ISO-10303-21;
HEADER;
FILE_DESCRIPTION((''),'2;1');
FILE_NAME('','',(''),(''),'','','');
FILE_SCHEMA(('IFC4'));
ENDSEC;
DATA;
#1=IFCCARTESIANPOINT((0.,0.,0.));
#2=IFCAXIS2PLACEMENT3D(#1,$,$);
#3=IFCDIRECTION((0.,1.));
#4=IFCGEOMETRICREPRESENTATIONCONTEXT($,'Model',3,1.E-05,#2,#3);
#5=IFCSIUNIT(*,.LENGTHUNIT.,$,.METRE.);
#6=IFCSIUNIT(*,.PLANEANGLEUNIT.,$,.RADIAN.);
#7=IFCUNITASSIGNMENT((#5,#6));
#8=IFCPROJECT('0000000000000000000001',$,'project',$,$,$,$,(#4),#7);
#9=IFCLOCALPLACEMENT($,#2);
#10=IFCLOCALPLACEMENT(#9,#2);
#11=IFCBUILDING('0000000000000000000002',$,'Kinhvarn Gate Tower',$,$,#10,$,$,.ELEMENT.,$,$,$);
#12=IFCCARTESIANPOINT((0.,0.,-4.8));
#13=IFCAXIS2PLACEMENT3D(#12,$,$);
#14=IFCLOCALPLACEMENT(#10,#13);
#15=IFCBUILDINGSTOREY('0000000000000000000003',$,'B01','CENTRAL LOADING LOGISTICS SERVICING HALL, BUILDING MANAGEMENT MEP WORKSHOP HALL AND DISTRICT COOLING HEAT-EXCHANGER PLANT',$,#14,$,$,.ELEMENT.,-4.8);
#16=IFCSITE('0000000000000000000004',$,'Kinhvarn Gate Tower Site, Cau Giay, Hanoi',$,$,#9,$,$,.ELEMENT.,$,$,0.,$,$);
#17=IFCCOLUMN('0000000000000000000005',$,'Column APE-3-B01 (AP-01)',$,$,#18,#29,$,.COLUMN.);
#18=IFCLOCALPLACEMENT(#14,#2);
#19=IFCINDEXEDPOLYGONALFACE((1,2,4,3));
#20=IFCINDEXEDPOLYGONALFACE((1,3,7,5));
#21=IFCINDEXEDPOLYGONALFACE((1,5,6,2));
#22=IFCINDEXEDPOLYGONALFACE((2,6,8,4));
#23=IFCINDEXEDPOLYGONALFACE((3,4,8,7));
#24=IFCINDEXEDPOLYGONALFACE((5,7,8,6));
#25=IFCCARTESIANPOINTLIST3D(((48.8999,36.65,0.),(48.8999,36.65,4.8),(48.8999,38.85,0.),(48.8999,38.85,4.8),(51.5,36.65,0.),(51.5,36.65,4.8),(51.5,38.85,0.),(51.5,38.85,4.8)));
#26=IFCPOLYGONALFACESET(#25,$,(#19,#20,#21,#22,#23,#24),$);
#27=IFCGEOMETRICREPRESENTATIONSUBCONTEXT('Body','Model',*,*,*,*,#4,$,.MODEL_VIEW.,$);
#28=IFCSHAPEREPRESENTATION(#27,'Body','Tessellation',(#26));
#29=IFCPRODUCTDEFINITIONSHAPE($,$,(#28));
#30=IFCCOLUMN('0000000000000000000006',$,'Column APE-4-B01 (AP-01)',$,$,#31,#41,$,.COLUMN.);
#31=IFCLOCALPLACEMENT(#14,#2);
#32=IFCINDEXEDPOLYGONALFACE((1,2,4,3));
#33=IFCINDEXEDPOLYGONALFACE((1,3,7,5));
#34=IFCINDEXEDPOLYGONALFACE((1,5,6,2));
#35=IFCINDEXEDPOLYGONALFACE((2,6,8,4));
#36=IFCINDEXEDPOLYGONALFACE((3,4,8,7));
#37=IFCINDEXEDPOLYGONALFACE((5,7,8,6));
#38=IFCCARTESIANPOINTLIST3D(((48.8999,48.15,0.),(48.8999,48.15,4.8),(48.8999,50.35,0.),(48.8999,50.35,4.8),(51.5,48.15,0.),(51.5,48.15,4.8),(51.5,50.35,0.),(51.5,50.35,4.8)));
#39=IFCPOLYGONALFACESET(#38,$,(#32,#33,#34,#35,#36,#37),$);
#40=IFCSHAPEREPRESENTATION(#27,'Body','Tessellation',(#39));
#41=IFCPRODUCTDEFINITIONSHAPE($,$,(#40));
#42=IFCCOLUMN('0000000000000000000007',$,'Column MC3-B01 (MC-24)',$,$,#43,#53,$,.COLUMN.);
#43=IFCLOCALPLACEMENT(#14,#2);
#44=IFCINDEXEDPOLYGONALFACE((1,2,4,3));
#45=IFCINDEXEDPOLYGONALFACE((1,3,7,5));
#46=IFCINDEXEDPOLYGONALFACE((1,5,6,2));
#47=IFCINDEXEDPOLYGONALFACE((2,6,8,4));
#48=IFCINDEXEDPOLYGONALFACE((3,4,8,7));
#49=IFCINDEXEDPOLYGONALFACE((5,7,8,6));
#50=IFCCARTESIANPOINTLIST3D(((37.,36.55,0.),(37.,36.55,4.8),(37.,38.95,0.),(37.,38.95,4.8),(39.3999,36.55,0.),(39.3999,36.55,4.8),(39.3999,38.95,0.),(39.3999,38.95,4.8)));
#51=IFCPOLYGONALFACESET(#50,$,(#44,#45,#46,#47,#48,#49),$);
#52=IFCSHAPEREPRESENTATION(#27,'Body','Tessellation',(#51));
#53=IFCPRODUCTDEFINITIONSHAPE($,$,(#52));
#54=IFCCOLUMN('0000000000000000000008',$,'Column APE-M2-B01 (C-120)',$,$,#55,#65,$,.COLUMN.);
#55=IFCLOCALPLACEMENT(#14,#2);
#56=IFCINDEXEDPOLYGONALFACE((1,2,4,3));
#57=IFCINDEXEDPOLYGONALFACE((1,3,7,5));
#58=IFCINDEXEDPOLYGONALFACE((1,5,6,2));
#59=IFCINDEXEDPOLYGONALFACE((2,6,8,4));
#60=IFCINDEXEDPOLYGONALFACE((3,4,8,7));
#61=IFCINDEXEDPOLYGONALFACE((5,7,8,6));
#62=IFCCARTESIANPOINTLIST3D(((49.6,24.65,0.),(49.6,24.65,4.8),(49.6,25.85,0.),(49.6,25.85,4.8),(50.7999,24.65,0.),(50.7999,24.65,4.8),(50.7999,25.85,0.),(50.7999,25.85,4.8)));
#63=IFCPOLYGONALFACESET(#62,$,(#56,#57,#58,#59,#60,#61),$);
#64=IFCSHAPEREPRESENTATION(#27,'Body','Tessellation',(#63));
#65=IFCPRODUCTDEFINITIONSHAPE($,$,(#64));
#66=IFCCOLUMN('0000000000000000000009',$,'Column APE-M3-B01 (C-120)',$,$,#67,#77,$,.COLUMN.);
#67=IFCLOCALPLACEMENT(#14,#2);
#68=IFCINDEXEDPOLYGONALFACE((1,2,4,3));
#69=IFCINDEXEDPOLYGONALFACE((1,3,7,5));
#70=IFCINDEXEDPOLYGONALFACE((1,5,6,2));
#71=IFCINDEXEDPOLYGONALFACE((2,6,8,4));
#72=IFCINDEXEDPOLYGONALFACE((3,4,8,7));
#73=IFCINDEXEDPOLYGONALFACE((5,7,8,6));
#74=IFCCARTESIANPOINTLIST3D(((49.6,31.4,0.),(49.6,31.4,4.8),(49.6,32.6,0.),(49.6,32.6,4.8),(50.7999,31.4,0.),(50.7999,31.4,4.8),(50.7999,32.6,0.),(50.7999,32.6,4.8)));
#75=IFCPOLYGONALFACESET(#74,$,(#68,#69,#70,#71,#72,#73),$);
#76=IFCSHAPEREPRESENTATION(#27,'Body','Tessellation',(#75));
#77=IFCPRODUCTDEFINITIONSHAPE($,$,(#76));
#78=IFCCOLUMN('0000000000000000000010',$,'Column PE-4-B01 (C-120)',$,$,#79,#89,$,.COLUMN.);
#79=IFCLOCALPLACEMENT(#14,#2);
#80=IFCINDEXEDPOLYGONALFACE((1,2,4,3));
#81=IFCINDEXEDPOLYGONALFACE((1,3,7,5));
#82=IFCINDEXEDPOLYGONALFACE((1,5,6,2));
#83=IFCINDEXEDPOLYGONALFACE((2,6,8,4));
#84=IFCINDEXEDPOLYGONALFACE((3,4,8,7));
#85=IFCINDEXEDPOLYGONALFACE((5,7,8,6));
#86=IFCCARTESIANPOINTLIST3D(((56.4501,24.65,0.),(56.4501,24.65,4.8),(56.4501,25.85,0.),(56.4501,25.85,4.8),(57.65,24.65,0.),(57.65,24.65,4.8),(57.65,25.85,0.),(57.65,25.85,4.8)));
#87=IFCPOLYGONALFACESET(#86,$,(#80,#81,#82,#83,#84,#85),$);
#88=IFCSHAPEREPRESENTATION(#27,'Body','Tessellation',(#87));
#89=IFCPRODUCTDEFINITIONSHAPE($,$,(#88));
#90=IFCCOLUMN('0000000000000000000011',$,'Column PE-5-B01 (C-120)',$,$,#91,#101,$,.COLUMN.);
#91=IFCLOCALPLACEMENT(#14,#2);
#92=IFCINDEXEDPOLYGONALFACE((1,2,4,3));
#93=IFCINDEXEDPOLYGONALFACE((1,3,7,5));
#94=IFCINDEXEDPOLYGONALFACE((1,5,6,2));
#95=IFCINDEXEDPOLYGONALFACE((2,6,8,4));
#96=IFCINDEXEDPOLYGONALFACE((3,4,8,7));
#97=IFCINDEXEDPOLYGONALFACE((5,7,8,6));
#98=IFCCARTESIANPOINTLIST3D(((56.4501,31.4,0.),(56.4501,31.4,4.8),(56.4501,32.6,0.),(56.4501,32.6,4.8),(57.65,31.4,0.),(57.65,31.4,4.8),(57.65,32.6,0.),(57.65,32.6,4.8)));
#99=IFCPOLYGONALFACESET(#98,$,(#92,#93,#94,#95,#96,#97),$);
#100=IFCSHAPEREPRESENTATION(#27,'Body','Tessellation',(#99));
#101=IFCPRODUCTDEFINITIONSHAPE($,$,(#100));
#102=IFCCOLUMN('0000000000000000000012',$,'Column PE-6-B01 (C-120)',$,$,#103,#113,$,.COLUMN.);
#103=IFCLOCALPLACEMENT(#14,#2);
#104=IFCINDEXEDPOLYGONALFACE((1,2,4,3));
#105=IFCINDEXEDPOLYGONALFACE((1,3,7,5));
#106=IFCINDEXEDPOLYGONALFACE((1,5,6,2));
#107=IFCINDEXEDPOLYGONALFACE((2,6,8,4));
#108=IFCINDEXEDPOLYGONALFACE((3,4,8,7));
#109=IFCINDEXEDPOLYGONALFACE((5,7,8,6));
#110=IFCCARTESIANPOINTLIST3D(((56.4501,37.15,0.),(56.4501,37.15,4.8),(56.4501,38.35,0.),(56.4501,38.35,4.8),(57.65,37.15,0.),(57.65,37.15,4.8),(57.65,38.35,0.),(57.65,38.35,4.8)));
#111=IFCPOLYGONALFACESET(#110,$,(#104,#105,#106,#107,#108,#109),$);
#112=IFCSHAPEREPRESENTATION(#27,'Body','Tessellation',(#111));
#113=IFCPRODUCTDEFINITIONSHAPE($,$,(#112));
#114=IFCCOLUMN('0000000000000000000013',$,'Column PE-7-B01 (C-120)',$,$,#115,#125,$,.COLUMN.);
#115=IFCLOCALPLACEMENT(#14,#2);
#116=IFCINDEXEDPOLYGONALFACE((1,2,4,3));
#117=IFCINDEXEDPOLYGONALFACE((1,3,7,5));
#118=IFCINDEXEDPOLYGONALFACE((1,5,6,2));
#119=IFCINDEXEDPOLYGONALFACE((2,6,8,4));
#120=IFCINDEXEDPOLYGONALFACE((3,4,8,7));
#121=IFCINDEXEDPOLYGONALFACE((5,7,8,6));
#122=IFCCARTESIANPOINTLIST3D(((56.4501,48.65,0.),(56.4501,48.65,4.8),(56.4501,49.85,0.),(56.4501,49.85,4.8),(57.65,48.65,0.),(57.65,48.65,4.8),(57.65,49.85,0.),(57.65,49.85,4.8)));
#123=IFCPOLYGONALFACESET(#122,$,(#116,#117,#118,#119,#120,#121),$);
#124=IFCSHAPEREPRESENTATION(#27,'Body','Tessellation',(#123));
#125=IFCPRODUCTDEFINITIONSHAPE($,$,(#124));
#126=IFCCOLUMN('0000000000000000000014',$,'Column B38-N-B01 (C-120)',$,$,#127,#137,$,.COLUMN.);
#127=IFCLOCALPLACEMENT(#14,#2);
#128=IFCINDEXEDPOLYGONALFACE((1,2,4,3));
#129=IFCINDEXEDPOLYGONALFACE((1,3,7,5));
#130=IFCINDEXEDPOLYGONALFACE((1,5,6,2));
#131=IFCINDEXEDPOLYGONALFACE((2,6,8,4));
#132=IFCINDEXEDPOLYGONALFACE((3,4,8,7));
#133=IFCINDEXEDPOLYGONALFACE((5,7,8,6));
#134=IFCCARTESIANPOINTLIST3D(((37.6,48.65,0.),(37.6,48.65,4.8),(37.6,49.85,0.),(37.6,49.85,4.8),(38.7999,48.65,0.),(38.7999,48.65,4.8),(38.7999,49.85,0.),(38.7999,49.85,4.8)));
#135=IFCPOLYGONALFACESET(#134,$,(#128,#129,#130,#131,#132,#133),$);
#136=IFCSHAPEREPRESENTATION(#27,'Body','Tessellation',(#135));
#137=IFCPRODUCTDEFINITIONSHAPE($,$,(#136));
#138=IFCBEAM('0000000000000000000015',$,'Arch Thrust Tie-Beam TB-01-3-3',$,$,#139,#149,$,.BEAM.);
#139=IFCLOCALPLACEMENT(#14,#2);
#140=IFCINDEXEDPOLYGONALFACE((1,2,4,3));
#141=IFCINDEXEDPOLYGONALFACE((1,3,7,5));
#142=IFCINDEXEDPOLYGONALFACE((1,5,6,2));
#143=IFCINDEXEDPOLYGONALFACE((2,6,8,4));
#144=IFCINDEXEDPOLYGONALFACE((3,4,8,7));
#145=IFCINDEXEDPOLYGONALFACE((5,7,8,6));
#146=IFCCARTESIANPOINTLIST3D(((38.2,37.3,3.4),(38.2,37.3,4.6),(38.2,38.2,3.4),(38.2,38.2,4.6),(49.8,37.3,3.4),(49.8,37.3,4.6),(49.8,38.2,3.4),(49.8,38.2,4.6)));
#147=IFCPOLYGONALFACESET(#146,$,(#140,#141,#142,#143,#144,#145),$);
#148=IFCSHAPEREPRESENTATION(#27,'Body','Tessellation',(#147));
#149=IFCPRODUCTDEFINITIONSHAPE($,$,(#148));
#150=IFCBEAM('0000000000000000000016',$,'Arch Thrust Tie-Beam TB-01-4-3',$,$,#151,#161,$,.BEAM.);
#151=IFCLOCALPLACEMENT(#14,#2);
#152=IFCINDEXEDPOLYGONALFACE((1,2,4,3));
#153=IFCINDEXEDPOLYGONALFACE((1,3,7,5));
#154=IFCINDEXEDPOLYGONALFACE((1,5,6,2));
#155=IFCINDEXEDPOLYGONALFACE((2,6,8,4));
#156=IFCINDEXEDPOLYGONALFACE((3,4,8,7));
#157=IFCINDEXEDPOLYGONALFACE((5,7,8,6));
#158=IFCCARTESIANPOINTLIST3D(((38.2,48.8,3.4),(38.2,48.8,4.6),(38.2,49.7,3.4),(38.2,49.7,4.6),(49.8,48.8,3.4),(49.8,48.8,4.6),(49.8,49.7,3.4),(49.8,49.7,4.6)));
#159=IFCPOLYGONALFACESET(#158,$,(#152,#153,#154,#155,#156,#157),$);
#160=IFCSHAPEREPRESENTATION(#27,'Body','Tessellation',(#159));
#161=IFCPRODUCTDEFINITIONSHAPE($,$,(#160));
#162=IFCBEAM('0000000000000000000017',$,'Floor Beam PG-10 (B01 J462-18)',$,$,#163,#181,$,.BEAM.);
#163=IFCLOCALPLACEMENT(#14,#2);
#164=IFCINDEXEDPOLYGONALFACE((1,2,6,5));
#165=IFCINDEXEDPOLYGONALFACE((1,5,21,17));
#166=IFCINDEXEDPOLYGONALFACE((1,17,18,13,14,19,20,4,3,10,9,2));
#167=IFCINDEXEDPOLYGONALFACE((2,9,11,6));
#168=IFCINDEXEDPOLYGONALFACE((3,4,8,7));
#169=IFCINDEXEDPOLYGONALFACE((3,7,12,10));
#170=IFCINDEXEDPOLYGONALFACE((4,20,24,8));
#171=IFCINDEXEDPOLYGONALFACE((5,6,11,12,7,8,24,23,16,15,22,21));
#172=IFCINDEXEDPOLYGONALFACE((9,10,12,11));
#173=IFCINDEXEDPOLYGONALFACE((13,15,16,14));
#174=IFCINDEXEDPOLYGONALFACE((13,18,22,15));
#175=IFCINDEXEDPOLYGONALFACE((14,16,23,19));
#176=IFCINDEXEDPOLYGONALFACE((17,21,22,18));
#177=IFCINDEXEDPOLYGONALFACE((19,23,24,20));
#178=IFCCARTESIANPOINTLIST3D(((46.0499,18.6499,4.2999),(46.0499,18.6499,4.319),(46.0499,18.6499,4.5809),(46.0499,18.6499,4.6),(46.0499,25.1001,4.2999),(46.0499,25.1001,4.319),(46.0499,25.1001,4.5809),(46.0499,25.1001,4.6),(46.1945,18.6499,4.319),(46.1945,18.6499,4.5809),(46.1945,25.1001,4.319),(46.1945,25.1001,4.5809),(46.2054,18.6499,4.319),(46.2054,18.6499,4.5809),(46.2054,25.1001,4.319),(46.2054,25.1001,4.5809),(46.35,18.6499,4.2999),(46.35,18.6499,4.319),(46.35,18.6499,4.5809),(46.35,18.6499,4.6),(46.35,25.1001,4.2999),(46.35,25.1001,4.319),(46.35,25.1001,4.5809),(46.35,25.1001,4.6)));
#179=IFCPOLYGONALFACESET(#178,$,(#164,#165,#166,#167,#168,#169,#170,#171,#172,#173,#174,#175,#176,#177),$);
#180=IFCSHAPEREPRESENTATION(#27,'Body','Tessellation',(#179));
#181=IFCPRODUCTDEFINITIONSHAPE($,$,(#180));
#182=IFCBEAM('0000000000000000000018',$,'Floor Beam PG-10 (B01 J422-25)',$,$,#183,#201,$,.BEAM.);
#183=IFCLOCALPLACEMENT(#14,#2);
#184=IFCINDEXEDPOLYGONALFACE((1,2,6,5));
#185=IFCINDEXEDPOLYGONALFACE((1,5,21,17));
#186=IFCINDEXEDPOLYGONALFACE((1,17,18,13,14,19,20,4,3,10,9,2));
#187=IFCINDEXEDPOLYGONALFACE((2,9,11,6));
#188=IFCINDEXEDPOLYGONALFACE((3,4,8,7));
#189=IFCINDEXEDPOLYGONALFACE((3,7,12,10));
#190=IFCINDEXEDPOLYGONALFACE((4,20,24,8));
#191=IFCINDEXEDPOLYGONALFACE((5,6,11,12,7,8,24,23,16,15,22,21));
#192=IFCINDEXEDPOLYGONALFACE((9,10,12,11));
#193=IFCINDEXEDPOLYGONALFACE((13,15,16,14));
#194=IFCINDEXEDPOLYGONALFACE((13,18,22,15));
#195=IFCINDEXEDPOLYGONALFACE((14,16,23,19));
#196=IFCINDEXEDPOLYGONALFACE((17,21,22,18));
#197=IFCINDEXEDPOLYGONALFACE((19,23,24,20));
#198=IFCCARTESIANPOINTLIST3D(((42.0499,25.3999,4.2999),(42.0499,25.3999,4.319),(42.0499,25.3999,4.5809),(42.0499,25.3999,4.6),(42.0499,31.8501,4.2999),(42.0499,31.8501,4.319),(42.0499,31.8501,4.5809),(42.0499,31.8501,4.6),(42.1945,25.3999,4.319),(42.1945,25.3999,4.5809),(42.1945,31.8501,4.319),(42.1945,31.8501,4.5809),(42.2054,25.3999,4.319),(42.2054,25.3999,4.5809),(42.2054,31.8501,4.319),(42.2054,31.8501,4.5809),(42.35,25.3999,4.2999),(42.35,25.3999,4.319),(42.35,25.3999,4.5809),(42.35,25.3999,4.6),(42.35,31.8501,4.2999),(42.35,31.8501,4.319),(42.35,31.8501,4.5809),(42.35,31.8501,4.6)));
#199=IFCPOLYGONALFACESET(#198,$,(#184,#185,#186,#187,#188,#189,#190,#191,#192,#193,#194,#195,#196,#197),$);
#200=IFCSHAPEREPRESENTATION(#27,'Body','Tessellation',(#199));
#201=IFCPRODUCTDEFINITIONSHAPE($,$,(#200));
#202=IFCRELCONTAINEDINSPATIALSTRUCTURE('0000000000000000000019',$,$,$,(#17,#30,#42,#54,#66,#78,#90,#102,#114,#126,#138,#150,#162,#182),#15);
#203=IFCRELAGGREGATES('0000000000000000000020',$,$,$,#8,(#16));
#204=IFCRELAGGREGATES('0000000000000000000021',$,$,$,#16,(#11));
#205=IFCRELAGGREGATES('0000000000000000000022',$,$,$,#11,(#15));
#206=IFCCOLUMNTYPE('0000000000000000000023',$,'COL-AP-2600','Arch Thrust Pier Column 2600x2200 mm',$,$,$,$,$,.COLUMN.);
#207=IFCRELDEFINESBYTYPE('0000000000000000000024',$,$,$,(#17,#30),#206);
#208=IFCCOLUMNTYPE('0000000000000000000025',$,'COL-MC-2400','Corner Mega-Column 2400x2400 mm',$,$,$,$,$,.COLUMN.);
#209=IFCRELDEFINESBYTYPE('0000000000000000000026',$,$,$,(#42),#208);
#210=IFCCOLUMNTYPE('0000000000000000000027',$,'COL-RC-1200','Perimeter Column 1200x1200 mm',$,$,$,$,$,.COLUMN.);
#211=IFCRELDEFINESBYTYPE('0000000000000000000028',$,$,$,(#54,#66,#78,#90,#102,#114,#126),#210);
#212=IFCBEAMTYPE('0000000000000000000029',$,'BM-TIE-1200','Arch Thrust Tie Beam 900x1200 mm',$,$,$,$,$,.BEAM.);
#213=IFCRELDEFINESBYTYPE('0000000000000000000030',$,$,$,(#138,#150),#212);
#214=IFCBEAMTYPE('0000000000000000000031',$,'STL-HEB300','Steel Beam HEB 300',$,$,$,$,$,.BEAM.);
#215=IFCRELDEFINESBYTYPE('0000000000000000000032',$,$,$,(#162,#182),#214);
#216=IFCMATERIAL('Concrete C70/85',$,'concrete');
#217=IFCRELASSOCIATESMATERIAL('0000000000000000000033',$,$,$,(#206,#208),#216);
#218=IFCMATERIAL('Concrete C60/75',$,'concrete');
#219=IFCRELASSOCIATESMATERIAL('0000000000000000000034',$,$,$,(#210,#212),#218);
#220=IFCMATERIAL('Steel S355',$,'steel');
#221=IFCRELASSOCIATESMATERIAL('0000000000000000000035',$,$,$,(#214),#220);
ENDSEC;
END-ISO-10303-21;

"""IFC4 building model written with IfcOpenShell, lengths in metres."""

from ifc_helpers import new_model, si_unit, direction, frame, origin, origin_2d, place, context, subcontext, project, spatial, rectangle, i_section, extrude, material, material_profile, profile_set, type_object, element, save


model = new_model("IFC4")

# Units and contexts
model_context = context("Model", 3, precision=1e-05, world=origin(), true_north=direction((0.0, 1.0)))
body_context = subcontext(model_context, "Body", "Model", "MODEL_VIEW")
ifc_project = project(units=[si_unit("LENGTHUNIT", "METRE"), si_unit("PLANEANGLEUNIT", "RADIAN")], contexts=[model_context])

# Site, building, storey
site_placement = place(None, origin())
site = spatial("IfcSite", under=ifc_project, at=site_placement, Name="Kinhvarn Gate Tower Site, Cau Giay, Hanoi", CompositionType="ELEMENT", RefElevation=0.0)
building_placement = place(site_placement, origin())
building = spatial("IfcBuilding", under=site, at=building_placement, Name="Kinhvarn Gate Tower", CompositionType="ELEMENT")
storey_placement = place(building_placement, frame((0.0, 0.0, -4.8)))
storey = spatial("IfcBuildingStorey", under=building, at=storey_placement, Name="B01", Description="CENTRAL LOADING LOGISTICS SERVICING HALL, BUILDING MANAGEMENT MEP WORKSHOP HALL AND DISTRICT COOLING HEAT-EXCHANGER PLANT", CompositionType="ELEMENT", Elevation=-4.8)

# Columns
ifc_material_1 = material(Name="Concrete C70/85", Category="concrete")
ifc_material_profile_1 = material_profile(ifc_material_1, rectangle(XDim=2.6001, YDim=2.2, at=origin_2d()), Name="RC 2600x2200")
ifc_profile_set_1 = profile_set([ifc_material_profile_1], Name="Concrete C70/85")
column_type_1 = type_object("IfcColumnType", Name="COL-AP-2600", Description="Arch Thrust Pier Column 2600x2200 mm", PredefinedType="COLUMN", material=ifc_profile_set_1)
for number, where, z_axis, x_axis, name in (
    (1, (50.2, 37.75, 0.0), (0.0, 0.0, 1.0), (1.0, 0.0, 0.0), "Column APE-3-B01 (AP-01)"),
    (2, (50.2, 49.25, 0.0), (0.0, 0.0, 1.0), (1.0, 0.0, 0.0), "Column APE-4-B01 (AP-01)"),
):
    element("IfcColumn", number, at=place(storey_placement, frame(where, z_axis=z_axis, x_axis=x_axis)), inside=storey, type_object=column_type_1, Name=name, PredefinedType="COLUMN", context=body_context, shape_type="SweptSolid", body=[
        extrude(rectangle(XDim=2.6001, YDim=2.2, at=origin_2d()), origin(), (0.0, 0.0, 1.0), 4.8),
    ])
ifc_material_profile_2 = material_profile(ifc_material_1, rectangle(XDim=2.3999, YDim=2.3999, at=origin_2d()), Name="RC 2400x2400")
ifc_profile_set_2 = profile_set([ifc_material_profile_2], Name="Concrete C70/85")
column_type_2 = type_object("IfcColumnType", Name="COL-MC-2400", Description="Corner Mega-Column 2400x2400 mm", PredefinedType="COLUMN", material=ifc_profile_set_2)
column_placement = place(storey_placement, frame((38.2, 37.75, 0.0), z_axis=(0.0, 0.0, 1.0), x_axis=(1.0, 0.0, 0.0)))
element("IfcColumn", 3, at=column_placement, inside=storey, type_object=column_type_2, Name="Column MC3-B01 (MC-24)", PredefinedType="COLUMN", context=body_context, shape_type="SweptSolid", body=[
    extrude(rectangle(XDim=2.3999, YDim=2.3999, at=origin_2d()), origin(), (0.0, 0.0, 1.0), 4.8),
])
ifc_material_2 = material(Name="Concrete C60/75", Category="concrete")
ifc_material_profile_3 = material_profile(ifc_material_2, rectangle(XDim=1.2, YDim=1.2, at=origin_2d()), Name="RC 1200x1200")
ifc_profile_set_3 = profile_set([ifc_material_profile_3], Name="Concrete C60/75")
column_type_3 = type_object("IfcColumnType", Name="COL-RC-1200", Description="Perimeter Column 1200x1200 mm", PredefinedType="COLUMN", material=ifc_profile_set_3)
for number, where, z_axis, x_axis, name in (
    (4, (50.2, 25.25, 0.0), (0.0, 0.0, 1.0), (1.0, 0.0, 0.0), "Column APE-M2-B01 (C-120)"),
    (5, (50.2, 32.0, 0.0), (0.0, 0.0, 1.0), (1.0, 0.0, 0.0), "Column APE-M3-B01 (C-120)"),
    (6, (57.05, 25.25, 0.0), (0.0, 0.0, 1.0), (1.0, 0.0, 0.0), "Column PE-4-B01 (C-120)"),
    (7, (57.05, 32.0, 0.0), (0.0, 0.0, 1.0), (1.0, 0.0, 0.0), "Column PE-5-B01 (C-120)"),
    (8, (57.05, 37.75, 0.0), (0.0, 0.0, 1.0), (1.0, 0.0, 0.0), "Column PE-6-B01 (C-120)"),
    (9, (57.05, 49.25, 0.0), (0.0, 0.0, 1.0), (1.0, 0.0, 0.0), "Column PE-7-B01 (C-120)"),
    (10, (38.2, 49.25, 0.0), (0.0, 0.0, 1.0), (1.0, 0.0, 0.0), "Column B38-N-B01 (C-120)"),
):
    element("IfcColumn", number, at=place(storey_placement, frame(where, z_axis=z_axis, x_axis=x_axis)), inside=storey, type_object=column_type_3, Name=name, PredefinedType="COLUMN", context=body_context, shape_type="SweptSolid", body=[
        extrude(rectangle(XDim=1.2, YDim=1.2, at=origin_2d()), origin(), (0.0, 0.0, 1.0), 4.8),
    ])

# Beams
ifc_material_profile_4 = material_profile(ifc_material_2, rectangle(XDim=0.8999, YDim=1.2, at=origin_2d()), Name="RC 900x1200")
ifc_profile_set_4 = profile_set([ifc_material_profile_4], Name="Concrete C60/75")
beam_type_1 = type_object("IfcBeamType", Name="BM-TIE-1200", Description="Arch Thrust Tie Beam 900x1200 mm", PredefinedType="BEAM", material=ifc_profile_set_4)
for number, where, z_axis, x_axis, name in (
    (11, (38.2, 37.75, 4.0), (1.0, 0.0, 0.0), (0.0, 1.0, 0.0), "Arch Thrust Tie-Beam TB-01-3-3"),
    (12, (38.2, 49.25, 4.0), (1.0, 0.0, 0.0), (0.0, 1.0, 0.0), "Arch Thrust Tie-Beam TB-01-4-3"),
):
    element("IfcBeam", number, at=place(storey_placement, frame(where, z_axis=z_axis, x_axis=x_axis)), inside=storey, type_object=beam_type_1, Name=name, PredefinedType="BEAM", context=body_context, shape_type="SweptSolid", body=[
        extrude(rectangle(XDim=0.8999, YDim=1.2, at=origin_2d()), origin(), (0.0, 0.0, 1.0), 11.6001),
    ])
ifc_material_3 = material(Name="Steel S355", Category="steel")
ifc_material_profile_5 = material_profile(ifc_material_3, i_section(OverallWidth=0.3, OverallDepth=0.3, WebThickness=0.011, FlangeThickness=0.019, at=origin_2d()), Name="HEB 300")
ifc_profile_set_5 = profile_set([ifc_material_profile_5], Name="Steel S355")
beam_type_2 = type_object("IfcBeamType", Name="STL-HEB300", Description="Steel Beam HEB 300", PredefinedType="BEAM", material=ifc_profile_set_5)
for number, where, z_axis, x_axis, name in (
    (13, (46.2, 18.6499, 4.45), (0.0, 1.0, 0.0), (-1.0, 0.0, 0.0), "Floor Beam PG-10 (B01 J462-18)"),
    (14, (42.2, 25.3999, 4.45), (0.0, 1.0, 0.0), (-1.0, 0.0, 0.0), "Floor Beam PG-10 (B01 J422-25)"),
):
    element("IfcBeam", number, at=place(storey_placement, frame(where, z_axis=z_axis, x_axis=x_axis)), inside=storey, type_object=beam_type_2, Name=name, PredefinedType="BEAM", context=body_context, shape_type="SweptSolid", body=[
        extrude(i_section(OverallWidth=0.3, OverallDepth=0.3, WebThickness=0.011, FlangeThickness=0.019, at=origin_2d()), origin(), (0.0, 0.0, 1.0), 6.4502),
    ])

save(model, "model.ifc")
